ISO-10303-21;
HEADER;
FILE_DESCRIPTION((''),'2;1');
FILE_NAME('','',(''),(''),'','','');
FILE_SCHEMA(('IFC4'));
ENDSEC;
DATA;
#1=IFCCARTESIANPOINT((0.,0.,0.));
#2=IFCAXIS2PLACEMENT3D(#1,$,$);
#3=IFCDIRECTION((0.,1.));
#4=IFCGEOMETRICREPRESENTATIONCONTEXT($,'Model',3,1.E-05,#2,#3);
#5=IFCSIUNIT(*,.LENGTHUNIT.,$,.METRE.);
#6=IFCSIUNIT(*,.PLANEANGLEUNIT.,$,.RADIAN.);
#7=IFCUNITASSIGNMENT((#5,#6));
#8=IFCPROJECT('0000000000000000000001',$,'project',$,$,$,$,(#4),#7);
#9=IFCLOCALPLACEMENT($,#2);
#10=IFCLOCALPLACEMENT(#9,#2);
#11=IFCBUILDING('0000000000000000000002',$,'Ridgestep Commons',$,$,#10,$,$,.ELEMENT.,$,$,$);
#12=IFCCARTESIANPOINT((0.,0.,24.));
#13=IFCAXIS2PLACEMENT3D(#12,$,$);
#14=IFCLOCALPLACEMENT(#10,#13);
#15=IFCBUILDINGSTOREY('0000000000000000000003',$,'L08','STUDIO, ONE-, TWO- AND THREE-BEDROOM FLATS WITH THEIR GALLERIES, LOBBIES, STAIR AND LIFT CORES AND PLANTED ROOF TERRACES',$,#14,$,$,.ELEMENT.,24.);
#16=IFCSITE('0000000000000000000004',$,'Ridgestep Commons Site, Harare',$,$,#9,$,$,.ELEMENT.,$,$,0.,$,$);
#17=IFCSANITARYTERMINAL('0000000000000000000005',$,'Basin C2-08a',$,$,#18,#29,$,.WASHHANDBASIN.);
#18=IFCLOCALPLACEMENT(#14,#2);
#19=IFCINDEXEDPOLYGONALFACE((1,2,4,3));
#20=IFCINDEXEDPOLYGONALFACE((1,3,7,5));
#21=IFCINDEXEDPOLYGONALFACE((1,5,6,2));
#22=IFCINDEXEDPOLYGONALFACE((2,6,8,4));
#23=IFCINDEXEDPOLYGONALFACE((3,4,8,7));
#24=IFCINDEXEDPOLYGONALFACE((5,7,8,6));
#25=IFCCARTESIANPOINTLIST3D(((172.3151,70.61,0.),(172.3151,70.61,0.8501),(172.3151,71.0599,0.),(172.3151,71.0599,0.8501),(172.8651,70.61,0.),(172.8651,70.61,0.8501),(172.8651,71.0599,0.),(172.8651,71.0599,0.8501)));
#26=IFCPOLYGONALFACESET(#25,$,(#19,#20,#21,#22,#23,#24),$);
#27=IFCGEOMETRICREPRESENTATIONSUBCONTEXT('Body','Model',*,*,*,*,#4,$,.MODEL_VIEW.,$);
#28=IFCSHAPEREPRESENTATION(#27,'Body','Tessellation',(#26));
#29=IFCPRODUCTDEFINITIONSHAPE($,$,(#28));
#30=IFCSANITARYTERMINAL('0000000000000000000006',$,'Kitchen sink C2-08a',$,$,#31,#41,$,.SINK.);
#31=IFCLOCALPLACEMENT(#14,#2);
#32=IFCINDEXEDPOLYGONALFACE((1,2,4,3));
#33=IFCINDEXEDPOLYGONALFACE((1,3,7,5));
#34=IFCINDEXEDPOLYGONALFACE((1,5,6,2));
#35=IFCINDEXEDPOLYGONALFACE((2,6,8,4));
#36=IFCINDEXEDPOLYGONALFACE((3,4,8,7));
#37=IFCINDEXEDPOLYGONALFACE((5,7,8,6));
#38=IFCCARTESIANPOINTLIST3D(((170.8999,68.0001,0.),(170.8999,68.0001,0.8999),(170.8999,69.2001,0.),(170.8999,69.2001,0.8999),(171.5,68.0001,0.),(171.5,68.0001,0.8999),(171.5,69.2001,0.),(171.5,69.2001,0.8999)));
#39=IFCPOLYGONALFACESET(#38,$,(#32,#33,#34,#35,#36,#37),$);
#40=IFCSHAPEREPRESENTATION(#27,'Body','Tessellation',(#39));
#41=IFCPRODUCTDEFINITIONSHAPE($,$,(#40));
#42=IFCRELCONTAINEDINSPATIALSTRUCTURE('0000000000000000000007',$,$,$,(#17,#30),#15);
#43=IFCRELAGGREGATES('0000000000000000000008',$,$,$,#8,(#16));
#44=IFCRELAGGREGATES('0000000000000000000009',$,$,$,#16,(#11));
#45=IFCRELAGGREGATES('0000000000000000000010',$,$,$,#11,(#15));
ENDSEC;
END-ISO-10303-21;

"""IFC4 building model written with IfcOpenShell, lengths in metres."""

from ifc_helpers import new_model, si_unit, direction, frame, origin, origin_2d, place, context, subcontext, project, spatial, rectangle, extrude, element, save


model = new_model("IFC4")

# Units and contexts
model_context = context("Model", 3, precision=1e-05, world=origin(), true_north=direction((0.0, 1.0)))
body_context = subcontext(model_context, "Body", "Model", "MODEL_VIEW")
ifc_project = project(units=[si_unit("LENGTHUNIT", "METRE"), si_unit("PLANEANGLEUNIT", "RADIAN")], contexts=[model_context])

# Site, building, storey
site_placement = place(None, origin())
site = spatial("IfcSite", under=ifc_project, at=site_placement, Name="Ridgestep Commons Site, Harare", CompositionType="ELEMENT", RefElevation=0.0)
building_placement = place(site_placement, origin())
building = spatial("IfcBuilding", under=site, at=building_placement, Name="Ridgestep Commons", CompositionType="ELEMENT")
storey_placement = place(building_placement, frame((0.0, 0.0, 24.0)))
storey = spatial("IfcBuildingStorey", under=building, at=storey_placement, Name="L08", Description="STUDIO, ONE-, TWO- AND THREE-BEDROOM FLATS WITH THEIR GALLERIES, LOBBIES, STAIR AND LIFT CORES AND PLANTED ROOF TERRACES", CompositionType="ELEMENT", Elevation=24.0)

# Sanitary terminals
sanitary_terminal_1_placement = place(storey_placement, frame((172.5901, 70.835, 0.0), z_axis=(0.0, 0.0, 1.0), x_axis=(1.0, 0.0, 0.0)))
element("IfcSanitaryTerminal", 1, at=sanitary_terminal_1_placement, inside=storey, Name="Basin C2-08a", PredefinedType="WASHHANDBASIN", context=body_context, shape_type="SweptSolid", body=[
    extrude(rectangle(XDim=0.55, YDim=0.45, at=origin_2d()), origin(), (0.0, 0.0, 1.0), 0.8501),
])
sanitary_terminal_2_placement = place(storey_placement, frame((171.2, 68.6001, 0.0), z_axis=(0.0, 0.0, 1.0), x_axis=(1.0, 0.0, 0.0)))
element("IfcSanitaryTerminal", 2, at=sanitary_terminal_2_placement, inside=storey, Name="Kitchen sink C2-08a", PredefinedType="SINK", context=body_context, shape_type="SweptSolid", body=[
    extrude(rectangle(XDim=0.6001, YDim=1.2, at=origin_2d()), origin(), (0.0, 0.0, 1.0), 0.8999),
])

save(model, "model.ifc")
